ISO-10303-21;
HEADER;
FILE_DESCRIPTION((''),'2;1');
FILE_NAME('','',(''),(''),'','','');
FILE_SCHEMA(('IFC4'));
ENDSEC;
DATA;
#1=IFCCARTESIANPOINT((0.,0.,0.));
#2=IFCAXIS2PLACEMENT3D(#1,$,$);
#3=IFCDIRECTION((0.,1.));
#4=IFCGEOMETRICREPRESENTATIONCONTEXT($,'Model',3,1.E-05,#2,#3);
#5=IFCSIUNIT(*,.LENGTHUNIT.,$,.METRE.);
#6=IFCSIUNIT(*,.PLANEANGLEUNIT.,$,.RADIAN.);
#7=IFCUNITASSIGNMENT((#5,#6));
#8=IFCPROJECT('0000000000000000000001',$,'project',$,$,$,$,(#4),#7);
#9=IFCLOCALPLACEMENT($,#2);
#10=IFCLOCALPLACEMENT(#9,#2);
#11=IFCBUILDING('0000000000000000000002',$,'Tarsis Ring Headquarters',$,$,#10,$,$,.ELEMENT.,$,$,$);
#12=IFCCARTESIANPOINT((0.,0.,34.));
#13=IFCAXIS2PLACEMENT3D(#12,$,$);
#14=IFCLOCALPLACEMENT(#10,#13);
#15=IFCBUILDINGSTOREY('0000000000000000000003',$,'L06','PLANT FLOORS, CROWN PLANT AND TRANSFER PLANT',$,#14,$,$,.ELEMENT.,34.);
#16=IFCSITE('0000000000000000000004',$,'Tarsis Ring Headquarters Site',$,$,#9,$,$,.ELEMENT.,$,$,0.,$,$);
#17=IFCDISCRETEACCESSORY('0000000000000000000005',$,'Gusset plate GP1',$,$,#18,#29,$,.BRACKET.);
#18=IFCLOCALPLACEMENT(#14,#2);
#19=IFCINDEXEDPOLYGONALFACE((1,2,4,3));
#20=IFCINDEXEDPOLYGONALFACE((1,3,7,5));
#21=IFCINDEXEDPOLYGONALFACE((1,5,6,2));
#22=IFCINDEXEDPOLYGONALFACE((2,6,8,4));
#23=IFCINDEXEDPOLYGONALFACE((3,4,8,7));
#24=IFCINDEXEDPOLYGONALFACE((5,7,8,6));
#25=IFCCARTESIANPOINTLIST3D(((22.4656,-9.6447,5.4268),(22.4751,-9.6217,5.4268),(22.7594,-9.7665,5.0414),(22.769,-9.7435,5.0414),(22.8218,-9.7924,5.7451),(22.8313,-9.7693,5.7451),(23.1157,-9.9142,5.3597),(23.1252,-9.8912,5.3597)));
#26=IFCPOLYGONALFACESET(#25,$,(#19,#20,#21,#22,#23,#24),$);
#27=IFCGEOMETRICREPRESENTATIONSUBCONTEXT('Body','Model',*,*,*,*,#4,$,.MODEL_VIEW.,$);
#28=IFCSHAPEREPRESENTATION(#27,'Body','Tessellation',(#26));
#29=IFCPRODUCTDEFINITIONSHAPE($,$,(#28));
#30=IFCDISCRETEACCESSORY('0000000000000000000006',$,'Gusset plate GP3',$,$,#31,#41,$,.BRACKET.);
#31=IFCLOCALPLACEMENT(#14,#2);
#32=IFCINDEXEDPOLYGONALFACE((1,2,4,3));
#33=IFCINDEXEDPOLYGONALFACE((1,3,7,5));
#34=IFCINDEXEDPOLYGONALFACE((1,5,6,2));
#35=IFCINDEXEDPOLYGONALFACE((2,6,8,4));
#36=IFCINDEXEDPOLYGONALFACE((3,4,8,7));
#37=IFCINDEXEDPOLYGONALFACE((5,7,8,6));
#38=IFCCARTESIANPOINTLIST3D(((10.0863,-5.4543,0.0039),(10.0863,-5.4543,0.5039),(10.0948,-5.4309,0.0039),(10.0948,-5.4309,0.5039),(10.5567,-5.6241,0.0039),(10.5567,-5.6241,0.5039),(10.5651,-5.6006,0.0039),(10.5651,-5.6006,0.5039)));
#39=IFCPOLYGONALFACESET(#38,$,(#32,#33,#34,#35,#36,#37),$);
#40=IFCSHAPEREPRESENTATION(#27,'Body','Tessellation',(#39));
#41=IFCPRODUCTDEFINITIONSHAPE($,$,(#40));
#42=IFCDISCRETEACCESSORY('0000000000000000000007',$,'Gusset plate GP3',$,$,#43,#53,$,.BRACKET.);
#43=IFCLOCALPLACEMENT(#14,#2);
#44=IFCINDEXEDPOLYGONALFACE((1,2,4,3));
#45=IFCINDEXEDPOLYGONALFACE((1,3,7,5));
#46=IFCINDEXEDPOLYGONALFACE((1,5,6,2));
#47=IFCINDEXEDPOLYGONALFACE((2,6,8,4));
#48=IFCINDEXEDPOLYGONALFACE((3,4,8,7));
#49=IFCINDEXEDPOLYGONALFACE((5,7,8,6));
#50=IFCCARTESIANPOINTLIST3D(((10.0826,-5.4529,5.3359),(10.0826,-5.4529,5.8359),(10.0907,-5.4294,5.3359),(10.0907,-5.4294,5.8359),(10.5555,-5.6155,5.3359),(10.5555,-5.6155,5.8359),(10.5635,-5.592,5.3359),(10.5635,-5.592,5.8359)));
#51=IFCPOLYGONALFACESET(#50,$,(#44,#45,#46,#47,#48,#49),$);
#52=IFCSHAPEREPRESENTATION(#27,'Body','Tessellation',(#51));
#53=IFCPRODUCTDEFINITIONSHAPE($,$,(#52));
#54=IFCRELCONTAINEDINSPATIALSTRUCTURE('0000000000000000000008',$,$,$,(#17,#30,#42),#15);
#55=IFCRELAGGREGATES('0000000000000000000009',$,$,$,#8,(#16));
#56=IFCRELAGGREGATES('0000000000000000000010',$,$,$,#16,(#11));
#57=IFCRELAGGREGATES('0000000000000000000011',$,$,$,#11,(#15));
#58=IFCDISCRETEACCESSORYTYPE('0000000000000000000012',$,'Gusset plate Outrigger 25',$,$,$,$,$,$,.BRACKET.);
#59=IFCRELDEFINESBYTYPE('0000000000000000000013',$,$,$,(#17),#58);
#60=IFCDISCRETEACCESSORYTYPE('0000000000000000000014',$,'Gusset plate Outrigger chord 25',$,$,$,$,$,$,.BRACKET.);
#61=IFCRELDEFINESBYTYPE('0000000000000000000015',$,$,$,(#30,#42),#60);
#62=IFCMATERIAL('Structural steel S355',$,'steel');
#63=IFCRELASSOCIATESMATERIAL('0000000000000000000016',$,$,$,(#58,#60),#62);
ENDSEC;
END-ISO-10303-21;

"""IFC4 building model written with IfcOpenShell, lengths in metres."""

from ifc_helpers import new_model, si_unit, direction, frame, origin, origin_2d, place, context, subcontext, project, spatial, rectangle, extrude, material, material_profile, profile_set, type_object, element, save


model = new_model("IFC4")

# Units and contexts
model_context = context("Model", 3, precision=1e-05, world=origin(), true_north=direction((0.0, 1.0)))
body_context = subcontext(model_context, "Body", "Model", "MODEL_VIEW")
ifc_project = project(units=[si_unit("LENGTHUNIT", "METRE"), si_unit("PLANEANGLEUNIT", "RADIAN")], contexts=[model_context])

# Site, building, storey
site_placement = place(None, origin())
site = spatial("IfcSite", under=ifc_project, at=site_placement, Name="Tarsis Ring Headquarters Site", CompositionType="ELEMENT", RefElevation=0.0)
building_placement = place(site_placement, origin())
building = spatial("IfcBuilding", under=site, at=building_placement, Name="Tarsis Ring Headquarters", CompositionType="ELEMENT")
storey_placement = place(building_placement, frame((0.0, 0.0, 34.0)))
storey = spatial("IfcBuildingStorey", under=building, at=storey_placement, Name="L06", Description="PLANT FLOORS, CROWN PLANT AND TRANSFER PLANT", CompositionType="ELEMENT", Elevation=34.0)

# Shared definitions
ifc_material_1 = material(Name="Structural steel S355", Category="steel")

# Discrete accessories
ifc_material_profile_1 = material_profile(ifc_material_1, rectangle(XDim=0.0249, YDim=0.5, at=origin_2d()), Name="PL 25x500")
ifc_profile_set_1 = profile_set([ifc_material_profile_1], Name="Structural steel S355")
discrete_accessory_type_1 = type_object("IfcDiscreteAccessoryType", Name="Gusset plate Outrigger 25", PredefinedType="BRACKET", material=ifc_profile_set_1)
discrete_accessory_1_placement = place(storey_placement, frame((22.6484, -9.707, 5.5859), z_axis=(0.588062, -0.243723, -0.771221), x_axis=(0.382871, 0.923802, 0.0)))
element("IfcDiscreteAccessory", 1, at=discrete_accessory_1_placement, inside=storey, type_object=discrete_accessory_type_1, Name="Gusset plate GP1", PredefinedType="BRACKET", context=body_context, shape_type="SweptSolid", body=[
    extrude(rectangle(XDim=0.0249, YDim=0.5, at=origin_2d()), origin(), (0.0, 0.0, 1.0), 0.4998),
])
discrete_accessory_type_2 = type_object("IfcDiscreteAccessoryType", Name="Gusset plate Outrigger chord 25", PredefinedType="BRACKET", material=ifc_profile_set_1)
for number, where, z_axis, x_axis, name in (
    (2, (10.0906, -5.4426, 0.2539), (0.940632, -0.339428, 0.0), (0.339428, 0.940632, 0.0), "Gusset plate GP3"),
    (3, (10.0867, -5.4412, 5.5859), (0.945663, -0.325148, 0.0), (0.325148, 0.945663, 0.0), "Gusset plate GP3"),
):
    element("IfcDiscreteAccessory", number, at=place(storey_placement, frame(where, z_axis=z_axis, x_axis=x_axis)), inside=storey, type_object=discrete_accessory_type_2, Name=name, PredefinedType="BRACKET", context=body_context, shape_type="SweptSolid", body=[
        extrude(rectangle(XDim=0.0249, YDim=0.5, at=origin_2d()), origin(), (0.0, 0.0, 1.0), 0.5),
    ])

save(model, "model.ifc")
